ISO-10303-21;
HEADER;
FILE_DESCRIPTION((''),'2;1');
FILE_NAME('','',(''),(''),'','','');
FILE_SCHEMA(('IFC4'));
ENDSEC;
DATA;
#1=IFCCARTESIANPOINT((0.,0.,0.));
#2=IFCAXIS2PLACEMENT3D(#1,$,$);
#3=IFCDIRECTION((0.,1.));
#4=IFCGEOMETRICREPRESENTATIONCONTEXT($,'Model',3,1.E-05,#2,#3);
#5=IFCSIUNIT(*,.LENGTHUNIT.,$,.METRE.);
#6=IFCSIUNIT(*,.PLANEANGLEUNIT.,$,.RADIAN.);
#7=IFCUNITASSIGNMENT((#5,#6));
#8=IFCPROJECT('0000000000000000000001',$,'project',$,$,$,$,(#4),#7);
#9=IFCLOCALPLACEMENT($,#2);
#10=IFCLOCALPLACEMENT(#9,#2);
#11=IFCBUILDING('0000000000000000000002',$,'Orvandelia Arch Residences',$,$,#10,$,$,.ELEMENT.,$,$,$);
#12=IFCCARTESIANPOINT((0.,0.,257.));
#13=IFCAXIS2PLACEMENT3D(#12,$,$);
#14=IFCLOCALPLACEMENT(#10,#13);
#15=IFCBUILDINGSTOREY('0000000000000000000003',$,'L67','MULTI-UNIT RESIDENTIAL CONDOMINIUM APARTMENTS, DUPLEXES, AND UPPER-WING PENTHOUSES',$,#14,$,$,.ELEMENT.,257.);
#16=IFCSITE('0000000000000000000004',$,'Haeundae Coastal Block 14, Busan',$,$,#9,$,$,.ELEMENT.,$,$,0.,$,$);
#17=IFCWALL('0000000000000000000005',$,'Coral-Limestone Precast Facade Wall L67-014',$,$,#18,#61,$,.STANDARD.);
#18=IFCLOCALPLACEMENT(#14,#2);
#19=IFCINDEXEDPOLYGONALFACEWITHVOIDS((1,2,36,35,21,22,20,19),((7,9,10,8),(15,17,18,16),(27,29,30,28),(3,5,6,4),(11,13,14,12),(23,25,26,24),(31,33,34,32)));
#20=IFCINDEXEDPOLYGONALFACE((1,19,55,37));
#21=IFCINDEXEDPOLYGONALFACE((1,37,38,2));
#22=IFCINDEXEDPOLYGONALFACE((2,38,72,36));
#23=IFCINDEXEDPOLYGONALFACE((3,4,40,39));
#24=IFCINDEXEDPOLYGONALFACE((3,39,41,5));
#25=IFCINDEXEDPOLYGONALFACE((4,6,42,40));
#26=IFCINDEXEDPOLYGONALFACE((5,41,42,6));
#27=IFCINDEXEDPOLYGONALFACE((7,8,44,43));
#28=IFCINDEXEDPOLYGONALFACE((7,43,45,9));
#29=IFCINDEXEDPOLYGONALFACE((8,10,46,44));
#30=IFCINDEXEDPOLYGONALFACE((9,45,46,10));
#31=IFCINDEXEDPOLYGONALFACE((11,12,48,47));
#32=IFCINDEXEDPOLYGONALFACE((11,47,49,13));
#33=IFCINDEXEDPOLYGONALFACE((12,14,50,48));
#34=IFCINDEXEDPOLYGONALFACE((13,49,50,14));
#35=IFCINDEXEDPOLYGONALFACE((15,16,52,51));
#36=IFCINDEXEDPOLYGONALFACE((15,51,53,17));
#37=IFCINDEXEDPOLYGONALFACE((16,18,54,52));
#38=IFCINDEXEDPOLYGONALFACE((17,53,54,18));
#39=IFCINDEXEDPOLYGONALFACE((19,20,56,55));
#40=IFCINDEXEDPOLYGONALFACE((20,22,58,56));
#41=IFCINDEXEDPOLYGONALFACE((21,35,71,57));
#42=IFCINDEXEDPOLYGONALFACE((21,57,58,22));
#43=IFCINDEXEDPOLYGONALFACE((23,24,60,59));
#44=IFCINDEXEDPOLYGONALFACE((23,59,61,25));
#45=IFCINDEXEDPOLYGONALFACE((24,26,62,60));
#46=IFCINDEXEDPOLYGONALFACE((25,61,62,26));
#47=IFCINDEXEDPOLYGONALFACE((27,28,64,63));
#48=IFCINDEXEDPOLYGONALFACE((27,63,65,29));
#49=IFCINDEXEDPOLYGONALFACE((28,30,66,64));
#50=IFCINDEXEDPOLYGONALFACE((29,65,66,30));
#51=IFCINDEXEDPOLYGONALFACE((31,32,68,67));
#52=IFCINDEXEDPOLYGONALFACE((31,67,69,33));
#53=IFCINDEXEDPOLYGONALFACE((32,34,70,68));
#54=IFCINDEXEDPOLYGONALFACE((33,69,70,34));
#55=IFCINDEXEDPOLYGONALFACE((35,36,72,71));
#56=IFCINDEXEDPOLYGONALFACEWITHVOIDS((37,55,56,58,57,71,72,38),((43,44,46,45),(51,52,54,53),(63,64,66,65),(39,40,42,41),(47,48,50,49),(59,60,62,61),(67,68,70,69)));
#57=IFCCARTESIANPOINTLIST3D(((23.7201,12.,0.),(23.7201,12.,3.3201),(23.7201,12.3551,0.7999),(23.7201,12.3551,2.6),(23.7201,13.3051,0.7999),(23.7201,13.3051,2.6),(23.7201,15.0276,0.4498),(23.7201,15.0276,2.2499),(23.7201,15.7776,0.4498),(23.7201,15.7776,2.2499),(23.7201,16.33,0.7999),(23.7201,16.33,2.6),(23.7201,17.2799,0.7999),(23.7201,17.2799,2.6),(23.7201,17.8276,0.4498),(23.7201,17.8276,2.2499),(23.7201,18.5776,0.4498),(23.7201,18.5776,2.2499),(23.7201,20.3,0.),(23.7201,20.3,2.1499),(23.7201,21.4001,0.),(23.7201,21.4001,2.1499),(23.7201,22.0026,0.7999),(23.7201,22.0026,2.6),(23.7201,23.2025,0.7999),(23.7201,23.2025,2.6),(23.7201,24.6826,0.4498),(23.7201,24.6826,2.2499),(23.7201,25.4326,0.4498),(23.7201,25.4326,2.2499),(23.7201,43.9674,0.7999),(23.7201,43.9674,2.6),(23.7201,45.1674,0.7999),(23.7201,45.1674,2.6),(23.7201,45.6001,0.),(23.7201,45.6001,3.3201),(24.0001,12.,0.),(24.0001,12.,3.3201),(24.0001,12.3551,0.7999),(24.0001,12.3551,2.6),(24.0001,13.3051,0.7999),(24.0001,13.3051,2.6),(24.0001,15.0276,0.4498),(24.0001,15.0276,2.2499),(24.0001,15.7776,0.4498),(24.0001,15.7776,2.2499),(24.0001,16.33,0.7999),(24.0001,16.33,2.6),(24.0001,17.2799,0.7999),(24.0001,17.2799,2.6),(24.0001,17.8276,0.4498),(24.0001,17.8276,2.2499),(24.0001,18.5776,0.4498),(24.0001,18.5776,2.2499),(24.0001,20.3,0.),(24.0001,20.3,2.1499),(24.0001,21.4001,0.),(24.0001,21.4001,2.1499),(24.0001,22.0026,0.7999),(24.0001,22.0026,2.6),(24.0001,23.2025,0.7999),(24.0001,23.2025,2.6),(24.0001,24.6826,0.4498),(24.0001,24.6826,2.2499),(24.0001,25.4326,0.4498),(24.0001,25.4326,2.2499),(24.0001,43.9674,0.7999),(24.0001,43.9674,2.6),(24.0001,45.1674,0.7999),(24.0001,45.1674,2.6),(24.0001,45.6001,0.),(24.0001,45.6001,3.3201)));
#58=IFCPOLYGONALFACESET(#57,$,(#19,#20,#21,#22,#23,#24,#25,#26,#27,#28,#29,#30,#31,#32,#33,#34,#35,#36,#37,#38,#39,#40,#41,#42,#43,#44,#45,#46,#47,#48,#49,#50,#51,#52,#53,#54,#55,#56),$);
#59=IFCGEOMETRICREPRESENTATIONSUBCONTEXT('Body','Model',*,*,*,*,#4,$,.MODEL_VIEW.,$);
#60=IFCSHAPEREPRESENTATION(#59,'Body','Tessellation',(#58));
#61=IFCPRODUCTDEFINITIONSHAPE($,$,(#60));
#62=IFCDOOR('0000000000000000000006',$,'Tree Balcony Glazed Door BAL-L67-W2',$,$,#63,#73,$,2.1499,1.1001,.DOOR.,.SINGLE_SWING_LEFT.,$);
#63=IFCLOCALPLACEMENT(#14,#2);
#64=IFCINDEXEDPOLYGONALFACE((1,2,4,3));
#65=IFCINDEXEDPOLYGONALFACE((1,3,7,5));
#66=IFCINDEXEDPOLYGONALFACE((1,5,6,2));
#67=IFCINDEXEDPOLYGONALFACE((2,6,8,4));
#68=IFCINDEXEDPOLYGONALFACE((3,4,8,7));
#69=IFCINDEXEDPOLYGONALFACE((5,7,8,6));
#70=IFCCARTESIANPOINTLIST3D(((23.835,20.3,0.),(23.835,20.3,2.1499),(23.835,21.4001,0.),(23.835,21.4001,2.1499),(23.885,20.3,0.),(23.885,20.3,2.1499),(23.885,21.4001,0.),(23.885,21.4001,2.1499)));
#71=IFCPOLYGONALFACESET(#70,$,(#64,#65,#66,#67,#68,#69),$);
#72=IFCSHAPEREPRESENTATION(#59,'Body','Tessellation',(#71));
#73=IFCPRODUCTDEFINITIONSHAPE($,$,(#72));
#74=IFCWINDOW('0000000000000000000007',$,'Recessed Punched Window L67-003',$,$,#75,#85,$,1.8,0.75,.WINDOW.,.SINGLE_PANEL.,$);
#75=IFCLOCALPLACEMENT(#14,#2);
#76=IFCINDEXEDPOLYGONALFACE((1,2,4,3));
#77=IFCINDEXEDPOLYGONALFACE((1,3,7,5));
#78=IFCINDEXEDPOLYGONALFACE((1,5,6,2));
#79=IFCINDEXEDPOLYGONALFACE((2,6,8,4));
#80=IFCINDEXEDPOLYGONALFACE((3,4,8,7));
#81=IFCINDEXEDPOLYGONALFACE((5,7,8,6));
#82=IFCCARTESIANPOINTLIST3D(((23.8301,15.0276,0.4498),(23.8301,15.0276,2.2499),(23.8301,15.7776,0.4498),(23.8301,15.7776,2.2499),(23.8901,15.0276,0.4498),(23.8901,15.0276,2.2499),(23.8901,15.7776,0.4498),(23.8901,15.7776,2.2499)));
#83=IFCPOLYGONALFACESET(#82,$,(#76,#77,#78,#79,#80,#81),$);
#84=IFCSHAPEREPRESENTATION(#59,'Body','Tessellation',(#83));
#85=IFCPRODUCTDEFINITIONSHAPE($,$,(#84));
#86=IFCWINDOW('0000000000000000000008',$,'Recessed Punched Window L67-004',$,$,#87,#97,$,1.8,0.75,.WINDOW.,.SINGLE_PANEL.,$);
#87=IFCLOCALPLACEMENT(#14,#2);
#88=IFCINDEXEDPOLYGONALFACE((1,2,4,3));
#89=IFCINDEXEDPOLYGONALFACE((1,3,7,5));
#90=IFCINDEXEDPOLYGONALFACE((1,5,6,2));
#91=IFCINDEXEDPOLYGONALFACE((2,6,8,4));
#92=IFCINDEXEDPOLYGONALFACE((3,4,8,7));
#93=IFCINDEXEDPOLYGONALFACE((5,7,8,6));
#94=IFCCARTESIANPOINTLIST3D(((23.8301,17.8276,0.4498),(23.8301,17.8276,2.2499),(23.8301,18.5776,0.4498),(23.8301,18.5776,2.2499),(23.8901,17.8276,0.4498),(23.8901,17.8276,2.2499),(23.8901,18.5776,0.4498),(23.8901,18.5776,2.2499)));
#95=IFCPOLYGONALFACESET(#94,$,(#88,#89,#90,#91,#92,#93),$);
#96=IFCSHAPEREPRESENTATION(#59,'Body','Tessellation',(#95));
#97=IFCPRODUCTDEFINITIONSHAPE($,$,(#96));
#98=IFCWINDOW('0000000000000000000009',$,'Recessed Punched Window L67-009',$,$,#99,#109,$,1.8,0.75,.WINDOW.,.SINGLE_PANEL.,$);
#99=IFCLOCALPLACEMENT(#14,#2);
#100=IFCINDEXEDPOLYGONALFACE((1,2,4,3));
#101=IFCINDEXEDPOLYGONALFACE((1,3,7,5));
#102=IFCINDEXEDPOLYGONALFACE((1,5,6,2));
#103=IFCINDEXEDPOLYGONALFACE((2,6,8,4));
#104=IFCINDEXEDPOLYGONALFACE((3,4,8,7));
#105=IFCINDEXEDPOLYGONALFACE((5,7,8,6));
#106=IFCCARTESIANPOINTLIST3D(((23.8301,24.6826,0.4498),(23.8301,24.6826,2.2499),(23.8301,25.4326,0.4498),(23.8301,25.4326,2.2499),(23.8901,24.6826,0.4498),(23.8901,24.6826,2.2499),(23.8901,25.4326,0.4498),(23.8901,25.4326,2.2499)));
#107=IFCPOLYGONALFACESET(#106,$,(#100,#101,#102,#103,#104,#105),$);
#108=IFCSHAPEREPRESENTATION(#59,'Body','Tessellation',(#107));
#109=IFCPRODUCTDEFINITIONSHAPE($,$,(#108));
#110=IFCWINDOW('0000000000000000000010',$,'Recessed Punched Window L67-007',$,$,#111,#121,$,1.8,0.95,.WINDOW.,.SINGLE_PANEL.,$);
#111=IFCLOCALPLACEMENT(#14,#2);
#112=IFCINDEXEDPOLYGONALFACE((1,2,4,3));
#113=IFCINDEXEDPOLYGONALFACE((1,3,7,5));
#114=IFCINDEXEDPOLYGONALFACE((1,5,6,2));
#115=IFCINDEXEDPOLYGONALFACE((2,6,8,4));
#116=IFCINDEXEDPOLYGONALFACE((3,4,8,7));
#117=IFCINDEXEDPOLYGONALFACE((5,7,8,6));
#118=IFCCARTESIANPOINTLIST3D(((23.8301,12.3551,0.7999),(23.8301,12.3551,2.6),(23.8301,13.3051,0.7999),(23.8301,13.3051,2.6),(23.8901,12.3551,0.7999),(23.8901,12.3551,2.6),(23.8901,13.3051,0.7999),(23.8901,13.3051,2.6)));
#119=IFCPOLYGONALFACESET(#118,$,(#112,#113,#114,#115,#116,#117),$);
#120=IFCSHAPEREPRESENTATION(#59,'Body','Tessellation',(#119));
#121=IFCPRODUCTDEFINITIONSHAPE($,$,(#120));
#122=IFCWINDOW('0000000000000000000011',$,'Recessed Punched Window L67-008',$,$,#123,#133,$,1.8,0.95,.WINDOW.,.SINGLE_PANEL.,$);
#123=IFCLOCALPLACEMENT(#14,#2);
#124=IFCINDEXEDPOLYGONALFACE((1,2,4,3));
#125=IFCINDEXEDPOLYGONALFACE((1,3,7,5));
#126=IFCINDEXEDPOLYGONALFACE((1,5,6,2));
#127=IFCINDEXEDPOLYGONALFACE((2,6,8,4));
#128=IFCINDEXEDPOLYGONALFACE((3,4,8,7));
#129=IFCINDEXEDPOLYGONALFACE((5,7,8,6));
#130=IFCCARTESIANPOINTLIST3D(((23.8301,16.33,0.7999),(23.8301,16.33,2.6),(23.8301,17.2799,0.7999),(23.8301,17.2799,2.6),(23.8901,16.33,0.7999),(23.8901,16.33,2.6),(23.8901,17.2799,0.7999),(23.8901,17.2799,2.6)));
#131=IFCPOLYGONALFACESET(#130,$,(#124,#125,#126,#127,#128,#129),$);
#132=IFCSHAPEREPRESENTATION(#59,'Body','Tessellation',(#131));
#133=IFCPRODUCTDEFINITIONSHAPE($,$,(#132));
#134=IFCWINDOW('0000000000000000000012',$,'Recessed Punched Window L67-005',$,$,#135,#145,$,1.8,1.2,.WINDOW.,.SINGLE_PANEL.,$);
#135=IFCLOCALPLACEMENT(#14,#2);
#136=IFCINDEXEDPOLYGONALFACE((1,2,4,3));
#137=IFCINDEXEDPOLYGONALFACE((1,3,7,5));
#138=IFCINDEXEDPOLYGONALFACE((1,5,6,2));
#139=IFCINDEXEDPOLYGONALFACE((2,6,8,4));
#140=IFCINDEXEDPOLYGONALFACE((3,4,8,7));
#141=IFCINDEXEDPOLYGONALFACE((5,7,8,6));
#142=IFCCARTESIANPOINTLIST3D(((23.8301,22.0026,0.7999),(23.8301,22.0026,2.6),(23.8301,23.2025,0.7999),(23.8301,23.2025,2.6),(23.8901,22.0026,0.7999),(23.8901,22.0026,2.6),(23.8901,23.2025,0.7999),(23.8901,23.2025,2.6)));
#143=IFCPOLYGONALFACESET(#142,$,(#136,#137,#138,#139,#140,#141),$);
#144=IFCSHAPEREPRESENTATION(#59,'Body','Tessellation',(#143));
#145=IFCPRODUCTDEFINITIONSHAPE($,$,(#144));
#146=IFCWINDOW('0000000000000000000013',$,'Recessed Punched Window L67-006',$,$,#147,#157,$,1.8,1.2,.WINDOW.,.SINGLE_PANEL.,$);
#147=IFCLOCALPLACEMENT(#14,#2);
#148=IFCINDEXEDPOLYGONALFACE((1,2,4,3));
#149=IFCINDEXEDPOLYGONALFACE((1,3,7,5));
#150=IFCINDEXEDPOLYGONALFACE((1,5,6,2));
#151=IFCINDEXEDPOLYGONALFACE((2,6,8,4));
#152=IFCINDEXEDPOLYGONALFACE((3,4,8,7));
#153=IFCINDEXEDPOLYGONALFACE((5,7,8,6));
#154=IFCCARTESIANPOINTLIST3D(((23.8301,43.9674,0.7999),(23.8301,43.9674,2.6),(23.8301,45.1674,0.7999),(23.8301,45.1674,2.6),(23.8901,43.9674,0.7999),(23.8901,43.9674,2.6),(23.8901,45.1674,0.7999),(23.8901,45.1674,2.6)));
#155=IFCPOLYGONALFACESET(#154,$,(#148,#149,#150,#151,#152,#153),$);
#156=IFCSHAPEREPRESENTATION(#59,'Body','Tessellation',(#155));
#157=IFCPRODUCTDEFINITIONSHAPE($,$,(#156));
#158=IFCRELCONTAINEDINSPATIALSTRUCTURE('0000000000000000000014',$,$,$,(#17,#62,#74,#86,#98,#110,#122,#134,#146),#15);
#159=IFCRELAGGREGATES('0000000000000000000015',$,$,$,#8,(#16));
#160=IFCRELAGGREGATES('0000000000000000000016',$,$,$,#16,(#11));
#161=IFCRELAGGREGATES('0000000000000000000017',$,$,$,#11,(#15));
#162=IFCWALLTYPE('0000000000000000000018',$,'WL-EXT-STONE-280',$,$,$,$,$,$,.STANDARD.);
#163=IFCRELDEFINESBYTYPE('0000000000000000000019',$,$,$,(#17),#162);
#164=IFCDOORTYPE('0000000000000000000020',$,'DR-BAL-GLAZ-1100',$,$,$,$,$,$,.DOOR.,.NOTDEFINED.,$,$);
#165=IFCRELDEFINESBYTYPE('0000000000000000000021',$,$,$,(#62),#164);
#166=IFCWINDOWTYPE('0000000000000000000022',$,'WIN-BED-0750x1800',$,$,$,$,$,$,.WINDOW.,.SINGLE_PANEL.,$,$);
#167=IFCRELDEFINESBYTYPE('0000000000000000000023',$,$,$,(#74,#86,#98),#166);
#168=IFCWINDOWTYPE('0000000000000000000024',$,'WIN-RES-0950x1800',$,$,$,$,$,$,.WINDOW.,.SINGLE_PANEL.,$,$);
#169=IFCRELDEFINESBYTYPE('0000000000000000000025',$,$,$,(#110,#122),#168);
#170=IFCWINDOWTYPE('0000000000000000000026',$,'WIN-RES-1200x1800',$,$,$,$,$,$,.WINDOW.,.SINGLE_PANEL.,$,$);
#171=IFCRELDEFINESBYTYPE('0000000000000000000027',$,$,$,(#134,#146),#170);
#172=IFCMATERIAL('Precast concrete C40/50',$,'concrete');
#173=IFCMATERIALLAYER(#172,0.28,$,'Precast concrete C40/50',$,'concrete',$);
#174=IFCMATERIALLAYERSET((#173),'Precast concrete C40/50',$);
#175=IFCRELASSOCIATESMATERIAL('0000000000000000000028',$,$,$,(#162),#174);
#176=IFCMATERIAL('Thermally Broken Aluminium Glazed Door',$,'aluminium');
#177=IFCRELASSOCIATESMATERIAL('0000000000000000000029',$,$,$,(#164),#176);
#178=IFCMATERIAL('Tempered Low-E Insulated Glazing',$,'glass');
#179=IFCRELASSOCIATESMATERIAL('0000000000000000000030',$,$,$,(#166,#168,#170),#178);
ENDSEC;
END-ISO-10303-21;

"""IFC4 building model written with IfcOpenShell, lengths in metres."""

from ifc_helpers import new_model, si_unit, direction, frame, frame_2d, origin, place, context, subcontext, project, spatial, rectangle, extrude, material, layer, layer_set, type_object, element, fill, save


model = new_model("IFC4")

# Units and contexts
model_context = context("Model", 3, precision=1e-05, world=origin(), true_north=direction((0.0, 1.0)))
body_context = subcontext(model_context, "Body", "Model", "MODEL_VIEW")
ifc_project = project(units=[si_unit("LENGTHUNIT", "METRE"), si_unit("PLANEANGLEUNIT", "RADIAN")], contexts=[model_context])

# Site, building, storey
site_placement = place(None, origin())
site = spatial("IfcSite", under=ifc_project, at=site_placement, Name="Haeundae Coastal Block 14, Busan", CompositionType="ELEMENT", RefElevation=0.0)
building_placement = place(site_placement, origin())
building = spatial("IfcBuilding", under=site, at=building_placement, Name="Orvandelia Arch Residences", CompositionType="ELEMENT")
storey_placement = place(building_placement, frame((0.0, 0.0, 257.0)))
storey = spatial("IfcBuildingStorey", under=building, at=storey_placement, Name="L67", Description="MULTI-UNIT RESIDENTIAL CONDOMINIUM APARTMENTS, DUPLEXES, AND UPPER-WING PENTHOUSES", CompositionType="ELEMENT", Elevation=257.0)

# Shared definitions
ifc_material_1 = material(Name="Precast concrete C40/50", Category="concrete")
ifc_layer_1 = layer(ifc_material_1, 0.28, Name="Precast concrete C40/50", Category="concrete")
ifc_layer_set_1 = layer_set([ifc_layer_1], Name="Precast concrete C40/50")
wall_type_1 = type_object("IfcWallType", Name="WL-EXT-STONE-280", PredefinedType="STANDARD", material=ifc_layer_set_1)

# Wall, openings, door, windows
wall_1_placement = place(storey_placement, frame((23.8601, 45.6001, 0.0), z_axis=(0.0, 0.0, 1.0), x_axis=(0.0, -1.0, 0.0)))
wall_1 = element("IfcWall", 1, at=wall_1_placement, inside=storey, type_object=wall_type_1, Name="Coral-Limestone Precast Facade Wall L67-014", PredefinedType="STANDARD", context=body_context, shape_type="SweptSolid", body=[
    extrude(rectangle(XDim=33.6001, YDim=0.28, at=frame_2d((16.8, 0.0))), origin(), (0.0, 0.0, 1.0), 3.3201),
])
opening_1_placement = place(wall_1_placement, frame((24.2, 0.0, 0.0)))
opening_1 = element("IfcOpeningElement", 2, at=opening_1_placement, cuts=wall_1, PredefinedType="OPENING", context=body_context, shape_type="SweptSolid", body=[
    extrude(rectangle(XDim=1.1001, YDim=2.1499, at=frame_2d((0.55, 1.075))), frame((0.0, 0.1499, 0.0), z_axis=(0.0, -1.0, 0.0), x_axis=(1.0, 0.0, 0.0)), (0.0, 0.0, 1.0), 0.3),
])
opening_2_placement = place(wall_1_placement, frame((29.8225, 0.0, 0.45)))
opening_2 = element("IfcOpeningElement", 3, at=opening_2_placement, cuts=wall_1, PredefinedType="OPENING", context=body_context, shape_type="SweptSolid", body=[
    extrude(rectangle(XDim=0.75, YDim=1.8, at=frame_2d((0.375, 0.8999))), frame((0.0, 0.1499, 0.0), z_axis=(0.0, -1.0, 0.0), x_axis=(1.0, 0.0, 0.0)), (0.0, 0.0, 1.0), 0.3),
])
opening_3_placement = place(wall_1_placement, frame((27.0225, 0.0, 0.45)))
opening_3 = element("IfcOpeningElement", 4, at=opening_3_placement, cuts=wall_1, PredefinedType="OPENING", context=body_context, shape_type="SweptSolid", body=[
    extrude(rectangle(XDim=0.75, YDim=1.8, at=frame_2d((0.375, 0.8999))), frame((0.0, 0.1499, 0.0), z_axis=(0.0, -1.0, 0.0), x_axis=(1.0, 0.0, 0.0)), (0.0, 0.0, 1.0), 0.3),
])
opening_4_placement = place(wall_1_placement, frame((22.3975, 0.0, 0.8)))
opening_4 = element("IfcOpeningElement", 5, at=opening_4_placement, cuts=wall_1, PredefinedType="OPENING", context=body_context, shape_type="SweptSolid", body=[
    extrude(rectangle(XDim=1.2, YDim=1.8, at=frame_2d((0.6001, 0.8999))), frame((0.0, 0.1499, 0.0), z_axis=(0.0, -1.0, 0.0), x_axis=(1.0, 0.0, 0.0)), (0.0, 0.0, 1.0), 0.3),
])
opening_5_placement = place(wall_1_placement, frame((0.4326, 0.0, 0.8)))
opening_5 = element("IfcOpeningElement", 6, at=opening_5_placement, cuts=wall_1, PredefinedType="OPENING", context=body_context, shape_type="SweptSolid", body=[
    extrude(rectangle(XDim=1.2, YDim=1.8, at=frame_2d((0.6001, 0.8999))), frame((0.0, 0.1499, 0.0), z_axis=(0.0, -1.0, 0.0), x_axis=(1.0, 0.0, 0.0)), (0.0, 0.0, 1.0), 0.3),
])
opening_6_placement = place(wall_1_placement, frame((32.2949, 0.0, 0.8)))
opening_6 = element("IfcOpeningElement", 7, at=opening_6_placement, cuts=wall_1, PredefinedType="OPENING", context=body_context, shape_type="SweptSolid", body=[
    extrude(rectangle(XDim=0.95, YDim=1.8, at=frame_2d((0.4751, 0.8999))), frame((0.0, 0.1499, 0.0), z_axis=(0.0, -1.0, 0.0), x_axis=(1.0, 0.0, 0.0)), (0.0, 0.0, 1.0), 0.3),
])
opening_7_placement = place(wall_1_placement, frame((28.3201, 0.0, 0.8)))
opening_7 = element("IfcOpeningElement", 8, at=opening_7_placement, cuts=wall_1, PredefinedType="OPENING", context=body_context, shape_type="SweptSolid", body=[
    extrude(rectangle(XDim=0.95, YDim=1.8, at=frame_2d((0.4751, 0.8999))), frame((0.0, 0.1499, 0.0), z_axis=(0.0, -1.0, 0.0), x_axis=(1.0, 0.0, 0.0)), (0.0, 0.0, 1.0), 0.3),
])
opening_8_placement = place(wall_1_placement, frame((20.1675, 0.0, 0.45)))
opening_8 = element("IfcOpeningElement", 9, at=opening_8_placement, cuts=wall_1, PredefinedType="OPENING", context=body_context, shape_type="SweptSolid", body=[
    extrude(rectangle(XDim=0.75, YDim=1.8, at=frame_2d((0.375, 0.8999))), frame((0.0, 0.1499, 0.0), z_axis=(0.0, -1.0, 0.0), x_axis=(1.0, 0.0, 0.0)), (0.0, 0.0, 1.0), 0.3),
])
ifc_material_2 = material(Name="Thermally Broken Aluminium Glazed Door", Category="aluminium")
door_type = type_object("IfcDoorType", Name="DR-BAL-GLAZ-1100", OperationType="NOTDEFINED", PredefinedType="DOOR", material=ifc_material_2)
door_placement = place(opening_1_placement, origin())
door = element("IfcDoor", 10, at=door_placement, inside=storey, type_object=door_type, Name="Tree Balcony Glazed Door BAL-L67-W2", OperationType="SINGLE_SWING_LEFT", OverallHeight=2.1499, OverallWidth=1.1001, PredefinedType="DOOR", context=body_context, shape_type="SweptSolid", body=[
    extrude(rectangle(XDim=1.1001, YDim=2.1499, at=frame_2d((0.55, 1.075))), frame((0.0, 0.0249, 0.0), z_axis=(0.0, -1.0, 0.0), x_axis=(1.0, 0.0, 0.0)), (0.0, 0.0, 1.0), 0.05),
])
fill(opening_1, door)
ifc_material_3 = material(Name="Tempered Low-E Insulated Glazing", Category="glass")
window_type_1 = type_object("IfcWindowType", Name="WIN-BED-0750x1800", PartitioningType="SINGLE_PANEL", PredefinedType="WINDOW", material=ifc_material_3)
window_1_placement = place(opening_2_placement, origin())
window_1 = element("IfcWindow", 11, at=window_1_placement, inside=storey, type_object=window_type_1, Name="Recessed Punched Window L67-003", OverallHeight=1.8, OverallWidth=0.75, PartitioningType="SINGLE_PANEL", PredefinedType="WINDOW", context=body_context, shape_type="SweptSolid", body=[
    extrude(rectangle(XDim=0.75, YDim=1.8, at=frame_2d((0.375, 0.8999))), frame((0.0, 0.03, 0.0), z_axis=(0.0, -1.0, 0.0), x_axis=(1.0, 0.0, 0.0)), (0.0, 0.0, 1.0), 0.0601),
])
fill(opening_2, window_1)
window_2_placement = place(opening_3_placement, origin())
window_2 = element("IfcWindow", 12, at=window_2_placement, inside=storey, type_object=window_type_1, Name="Recessed Punched Window L67-004", OverallHeight=1.8, OverallWidth=0.75, PartitioningType="SINGLE_PANEL", PredefinedType="WINDOW", context=body_context, shape_type="SweptSolid", body=[
    extrude(rectangle(XDim=0.75, YDim=1.8, at=frame_2d((0.375, 0.8999))), frame((0.0, 0.03, 0.0), z_axis=(0.0, -1.0, 0.0), x_axis=(1.0, 0.0, 0.0)), (0.0, 0.0, 1.0), 0.0601),
])
fill(opening_3, window_2)
window_3_placement = place(opening_8_placement, origin())
window_3 = element("IfcWindow", 13, at=window_3_placement, inside=storey, type_object=window_type_1, Name="Recessed Punched Window L67-009", OverallHeight=1.8, OverallWidth=0.75, PartitioningType="SINGLE_PANEL", PredefinedType="WINDOW", context=body_context, shape_type="SweptSolid", body=[
    extrude(rectangle(XDim=0.75, YDim=1.8, at=frame_2d((0.375, 0.8999))), frame((0.0, 0.03, 0.0), z_axis=(0.0, -1.0, 0.0), x_axis=(1.0, 0.0, 0.0)), (0.0, 0.0, 1.0), 0.0601),
])
fill(opening_8, window_3)
window_type_2 = type_object("IfcWindowType", Name="WIN-RES-0950x1800", PartitioningType="SINGLE_PANEL", PredefinedType="WINDOW", material=ifc_material_3)
window_4_placement = place(opening_6_placement, origin())
window_4 = element("IfcWindow", 14, at=window_4_placement, inside=storey, type_object=window_type_2, Name="Recessed Punched Window L67-007", OverallHeight=1.8, OverallWidth=0.95, PartitioningType="SINGLE_PANEL", PredefinedType="WINDOW", context=body_context, shape_type="SweptSolid", body=[
    extrude(rectangle(XDim=0.95, YDim=1.8, at=frame_2d((0.4751, 0.8999))), frame((0.0, 0.03, 0.0), z_axis=(0.0, -1.0, 0.0), x_axis=(1.0, 0.0, 0.0)), (0.0, 0.0, 1.0), 0.0601),
])
fill(opening_6, window_4)
window_5_placement = place(opening_7_placement, origin())
window_5 = element("IfcWindow", 15, at=window_5_placement, inside=storey, type_object=window_type_2, Name="Recessed Punched Window L67-008", OverallHeight=1.8, OverallWidth=0.95, PartitioningType="SINGLE_PANEL", PredefinedType="WINDOW", context=body_context, shape_type="SweptSolid", body=[
    extrude(rectangle(XDim=0.95, YDim=1.8, at=frame_2d((0.4751, 0.8999))), frame((0.0, 0.03, 0.0), z_axis=(0.0, -1.0, 0.0), x_axis=(1.0, 0.0, 0.0)), (0.0, 0.0, 1.0), 0.0601),
])
fill(opening_7, window_5)
window_type_3 = type_object("IfcWindowType", Name="WIN-RES-1200x1800", PartitioningType="SINGLE_PANEL", PredefinedType="WINDOW", material=ifc_material_3)
window_6_placement = place(opening_4_placement, origin())
window_6 = element("IfcWindow", 16, at=window_6_placement, inside=storey, type_object=window_type_3, Name="Recessed Punched Window L67-005", OverallHeight=1.8, OverallWidth=1.2, PartitioningType="SINGLE_PANEL", PredefinedType="WINDOW", context=body_context, shape_type="SweptSolid", body=[
    extrude(rectangle(XDim=1.2, YDim=1.8, at=frame_2d((0.6001, 0.8999))), frame((0.0, 0.03, 0.0), z_axis=(0.0, -1.0, 0.0), x_axis=(1.0, 0.0, 0.0)), (0.0, 0.0, 1.0), 0.0601),
])
fill(opening_4, window_6)
window_7_placement = place(opening_5_placement, origin())
window_7 = element("IfcWindow", 17, at=window_7_placement, inside=storey, type_object=window_type_3, Name="Recessed Punched Window L67-006", OverallHeight=1.8, OverallWidth=1.2, PartitioningType="SINGLE_PANEL", PredefinedType="WINDOW", context=body_context, shape_type="SweptSolid", body=[
    extrude(rectangle(XDim=1.2, YDim=1.8, at=frame_2d((0.6001, 0.8999))), frame((0.0, 0.03, 0.0), z_axis=(0.0, -1.0, 0.0), x_axis=(1.0, 0.0, 0.0)), (0.0, 0.0, 1.0), 0.0601),
])
fill(opening_5, window_7)

save(model, "model.ifc")
